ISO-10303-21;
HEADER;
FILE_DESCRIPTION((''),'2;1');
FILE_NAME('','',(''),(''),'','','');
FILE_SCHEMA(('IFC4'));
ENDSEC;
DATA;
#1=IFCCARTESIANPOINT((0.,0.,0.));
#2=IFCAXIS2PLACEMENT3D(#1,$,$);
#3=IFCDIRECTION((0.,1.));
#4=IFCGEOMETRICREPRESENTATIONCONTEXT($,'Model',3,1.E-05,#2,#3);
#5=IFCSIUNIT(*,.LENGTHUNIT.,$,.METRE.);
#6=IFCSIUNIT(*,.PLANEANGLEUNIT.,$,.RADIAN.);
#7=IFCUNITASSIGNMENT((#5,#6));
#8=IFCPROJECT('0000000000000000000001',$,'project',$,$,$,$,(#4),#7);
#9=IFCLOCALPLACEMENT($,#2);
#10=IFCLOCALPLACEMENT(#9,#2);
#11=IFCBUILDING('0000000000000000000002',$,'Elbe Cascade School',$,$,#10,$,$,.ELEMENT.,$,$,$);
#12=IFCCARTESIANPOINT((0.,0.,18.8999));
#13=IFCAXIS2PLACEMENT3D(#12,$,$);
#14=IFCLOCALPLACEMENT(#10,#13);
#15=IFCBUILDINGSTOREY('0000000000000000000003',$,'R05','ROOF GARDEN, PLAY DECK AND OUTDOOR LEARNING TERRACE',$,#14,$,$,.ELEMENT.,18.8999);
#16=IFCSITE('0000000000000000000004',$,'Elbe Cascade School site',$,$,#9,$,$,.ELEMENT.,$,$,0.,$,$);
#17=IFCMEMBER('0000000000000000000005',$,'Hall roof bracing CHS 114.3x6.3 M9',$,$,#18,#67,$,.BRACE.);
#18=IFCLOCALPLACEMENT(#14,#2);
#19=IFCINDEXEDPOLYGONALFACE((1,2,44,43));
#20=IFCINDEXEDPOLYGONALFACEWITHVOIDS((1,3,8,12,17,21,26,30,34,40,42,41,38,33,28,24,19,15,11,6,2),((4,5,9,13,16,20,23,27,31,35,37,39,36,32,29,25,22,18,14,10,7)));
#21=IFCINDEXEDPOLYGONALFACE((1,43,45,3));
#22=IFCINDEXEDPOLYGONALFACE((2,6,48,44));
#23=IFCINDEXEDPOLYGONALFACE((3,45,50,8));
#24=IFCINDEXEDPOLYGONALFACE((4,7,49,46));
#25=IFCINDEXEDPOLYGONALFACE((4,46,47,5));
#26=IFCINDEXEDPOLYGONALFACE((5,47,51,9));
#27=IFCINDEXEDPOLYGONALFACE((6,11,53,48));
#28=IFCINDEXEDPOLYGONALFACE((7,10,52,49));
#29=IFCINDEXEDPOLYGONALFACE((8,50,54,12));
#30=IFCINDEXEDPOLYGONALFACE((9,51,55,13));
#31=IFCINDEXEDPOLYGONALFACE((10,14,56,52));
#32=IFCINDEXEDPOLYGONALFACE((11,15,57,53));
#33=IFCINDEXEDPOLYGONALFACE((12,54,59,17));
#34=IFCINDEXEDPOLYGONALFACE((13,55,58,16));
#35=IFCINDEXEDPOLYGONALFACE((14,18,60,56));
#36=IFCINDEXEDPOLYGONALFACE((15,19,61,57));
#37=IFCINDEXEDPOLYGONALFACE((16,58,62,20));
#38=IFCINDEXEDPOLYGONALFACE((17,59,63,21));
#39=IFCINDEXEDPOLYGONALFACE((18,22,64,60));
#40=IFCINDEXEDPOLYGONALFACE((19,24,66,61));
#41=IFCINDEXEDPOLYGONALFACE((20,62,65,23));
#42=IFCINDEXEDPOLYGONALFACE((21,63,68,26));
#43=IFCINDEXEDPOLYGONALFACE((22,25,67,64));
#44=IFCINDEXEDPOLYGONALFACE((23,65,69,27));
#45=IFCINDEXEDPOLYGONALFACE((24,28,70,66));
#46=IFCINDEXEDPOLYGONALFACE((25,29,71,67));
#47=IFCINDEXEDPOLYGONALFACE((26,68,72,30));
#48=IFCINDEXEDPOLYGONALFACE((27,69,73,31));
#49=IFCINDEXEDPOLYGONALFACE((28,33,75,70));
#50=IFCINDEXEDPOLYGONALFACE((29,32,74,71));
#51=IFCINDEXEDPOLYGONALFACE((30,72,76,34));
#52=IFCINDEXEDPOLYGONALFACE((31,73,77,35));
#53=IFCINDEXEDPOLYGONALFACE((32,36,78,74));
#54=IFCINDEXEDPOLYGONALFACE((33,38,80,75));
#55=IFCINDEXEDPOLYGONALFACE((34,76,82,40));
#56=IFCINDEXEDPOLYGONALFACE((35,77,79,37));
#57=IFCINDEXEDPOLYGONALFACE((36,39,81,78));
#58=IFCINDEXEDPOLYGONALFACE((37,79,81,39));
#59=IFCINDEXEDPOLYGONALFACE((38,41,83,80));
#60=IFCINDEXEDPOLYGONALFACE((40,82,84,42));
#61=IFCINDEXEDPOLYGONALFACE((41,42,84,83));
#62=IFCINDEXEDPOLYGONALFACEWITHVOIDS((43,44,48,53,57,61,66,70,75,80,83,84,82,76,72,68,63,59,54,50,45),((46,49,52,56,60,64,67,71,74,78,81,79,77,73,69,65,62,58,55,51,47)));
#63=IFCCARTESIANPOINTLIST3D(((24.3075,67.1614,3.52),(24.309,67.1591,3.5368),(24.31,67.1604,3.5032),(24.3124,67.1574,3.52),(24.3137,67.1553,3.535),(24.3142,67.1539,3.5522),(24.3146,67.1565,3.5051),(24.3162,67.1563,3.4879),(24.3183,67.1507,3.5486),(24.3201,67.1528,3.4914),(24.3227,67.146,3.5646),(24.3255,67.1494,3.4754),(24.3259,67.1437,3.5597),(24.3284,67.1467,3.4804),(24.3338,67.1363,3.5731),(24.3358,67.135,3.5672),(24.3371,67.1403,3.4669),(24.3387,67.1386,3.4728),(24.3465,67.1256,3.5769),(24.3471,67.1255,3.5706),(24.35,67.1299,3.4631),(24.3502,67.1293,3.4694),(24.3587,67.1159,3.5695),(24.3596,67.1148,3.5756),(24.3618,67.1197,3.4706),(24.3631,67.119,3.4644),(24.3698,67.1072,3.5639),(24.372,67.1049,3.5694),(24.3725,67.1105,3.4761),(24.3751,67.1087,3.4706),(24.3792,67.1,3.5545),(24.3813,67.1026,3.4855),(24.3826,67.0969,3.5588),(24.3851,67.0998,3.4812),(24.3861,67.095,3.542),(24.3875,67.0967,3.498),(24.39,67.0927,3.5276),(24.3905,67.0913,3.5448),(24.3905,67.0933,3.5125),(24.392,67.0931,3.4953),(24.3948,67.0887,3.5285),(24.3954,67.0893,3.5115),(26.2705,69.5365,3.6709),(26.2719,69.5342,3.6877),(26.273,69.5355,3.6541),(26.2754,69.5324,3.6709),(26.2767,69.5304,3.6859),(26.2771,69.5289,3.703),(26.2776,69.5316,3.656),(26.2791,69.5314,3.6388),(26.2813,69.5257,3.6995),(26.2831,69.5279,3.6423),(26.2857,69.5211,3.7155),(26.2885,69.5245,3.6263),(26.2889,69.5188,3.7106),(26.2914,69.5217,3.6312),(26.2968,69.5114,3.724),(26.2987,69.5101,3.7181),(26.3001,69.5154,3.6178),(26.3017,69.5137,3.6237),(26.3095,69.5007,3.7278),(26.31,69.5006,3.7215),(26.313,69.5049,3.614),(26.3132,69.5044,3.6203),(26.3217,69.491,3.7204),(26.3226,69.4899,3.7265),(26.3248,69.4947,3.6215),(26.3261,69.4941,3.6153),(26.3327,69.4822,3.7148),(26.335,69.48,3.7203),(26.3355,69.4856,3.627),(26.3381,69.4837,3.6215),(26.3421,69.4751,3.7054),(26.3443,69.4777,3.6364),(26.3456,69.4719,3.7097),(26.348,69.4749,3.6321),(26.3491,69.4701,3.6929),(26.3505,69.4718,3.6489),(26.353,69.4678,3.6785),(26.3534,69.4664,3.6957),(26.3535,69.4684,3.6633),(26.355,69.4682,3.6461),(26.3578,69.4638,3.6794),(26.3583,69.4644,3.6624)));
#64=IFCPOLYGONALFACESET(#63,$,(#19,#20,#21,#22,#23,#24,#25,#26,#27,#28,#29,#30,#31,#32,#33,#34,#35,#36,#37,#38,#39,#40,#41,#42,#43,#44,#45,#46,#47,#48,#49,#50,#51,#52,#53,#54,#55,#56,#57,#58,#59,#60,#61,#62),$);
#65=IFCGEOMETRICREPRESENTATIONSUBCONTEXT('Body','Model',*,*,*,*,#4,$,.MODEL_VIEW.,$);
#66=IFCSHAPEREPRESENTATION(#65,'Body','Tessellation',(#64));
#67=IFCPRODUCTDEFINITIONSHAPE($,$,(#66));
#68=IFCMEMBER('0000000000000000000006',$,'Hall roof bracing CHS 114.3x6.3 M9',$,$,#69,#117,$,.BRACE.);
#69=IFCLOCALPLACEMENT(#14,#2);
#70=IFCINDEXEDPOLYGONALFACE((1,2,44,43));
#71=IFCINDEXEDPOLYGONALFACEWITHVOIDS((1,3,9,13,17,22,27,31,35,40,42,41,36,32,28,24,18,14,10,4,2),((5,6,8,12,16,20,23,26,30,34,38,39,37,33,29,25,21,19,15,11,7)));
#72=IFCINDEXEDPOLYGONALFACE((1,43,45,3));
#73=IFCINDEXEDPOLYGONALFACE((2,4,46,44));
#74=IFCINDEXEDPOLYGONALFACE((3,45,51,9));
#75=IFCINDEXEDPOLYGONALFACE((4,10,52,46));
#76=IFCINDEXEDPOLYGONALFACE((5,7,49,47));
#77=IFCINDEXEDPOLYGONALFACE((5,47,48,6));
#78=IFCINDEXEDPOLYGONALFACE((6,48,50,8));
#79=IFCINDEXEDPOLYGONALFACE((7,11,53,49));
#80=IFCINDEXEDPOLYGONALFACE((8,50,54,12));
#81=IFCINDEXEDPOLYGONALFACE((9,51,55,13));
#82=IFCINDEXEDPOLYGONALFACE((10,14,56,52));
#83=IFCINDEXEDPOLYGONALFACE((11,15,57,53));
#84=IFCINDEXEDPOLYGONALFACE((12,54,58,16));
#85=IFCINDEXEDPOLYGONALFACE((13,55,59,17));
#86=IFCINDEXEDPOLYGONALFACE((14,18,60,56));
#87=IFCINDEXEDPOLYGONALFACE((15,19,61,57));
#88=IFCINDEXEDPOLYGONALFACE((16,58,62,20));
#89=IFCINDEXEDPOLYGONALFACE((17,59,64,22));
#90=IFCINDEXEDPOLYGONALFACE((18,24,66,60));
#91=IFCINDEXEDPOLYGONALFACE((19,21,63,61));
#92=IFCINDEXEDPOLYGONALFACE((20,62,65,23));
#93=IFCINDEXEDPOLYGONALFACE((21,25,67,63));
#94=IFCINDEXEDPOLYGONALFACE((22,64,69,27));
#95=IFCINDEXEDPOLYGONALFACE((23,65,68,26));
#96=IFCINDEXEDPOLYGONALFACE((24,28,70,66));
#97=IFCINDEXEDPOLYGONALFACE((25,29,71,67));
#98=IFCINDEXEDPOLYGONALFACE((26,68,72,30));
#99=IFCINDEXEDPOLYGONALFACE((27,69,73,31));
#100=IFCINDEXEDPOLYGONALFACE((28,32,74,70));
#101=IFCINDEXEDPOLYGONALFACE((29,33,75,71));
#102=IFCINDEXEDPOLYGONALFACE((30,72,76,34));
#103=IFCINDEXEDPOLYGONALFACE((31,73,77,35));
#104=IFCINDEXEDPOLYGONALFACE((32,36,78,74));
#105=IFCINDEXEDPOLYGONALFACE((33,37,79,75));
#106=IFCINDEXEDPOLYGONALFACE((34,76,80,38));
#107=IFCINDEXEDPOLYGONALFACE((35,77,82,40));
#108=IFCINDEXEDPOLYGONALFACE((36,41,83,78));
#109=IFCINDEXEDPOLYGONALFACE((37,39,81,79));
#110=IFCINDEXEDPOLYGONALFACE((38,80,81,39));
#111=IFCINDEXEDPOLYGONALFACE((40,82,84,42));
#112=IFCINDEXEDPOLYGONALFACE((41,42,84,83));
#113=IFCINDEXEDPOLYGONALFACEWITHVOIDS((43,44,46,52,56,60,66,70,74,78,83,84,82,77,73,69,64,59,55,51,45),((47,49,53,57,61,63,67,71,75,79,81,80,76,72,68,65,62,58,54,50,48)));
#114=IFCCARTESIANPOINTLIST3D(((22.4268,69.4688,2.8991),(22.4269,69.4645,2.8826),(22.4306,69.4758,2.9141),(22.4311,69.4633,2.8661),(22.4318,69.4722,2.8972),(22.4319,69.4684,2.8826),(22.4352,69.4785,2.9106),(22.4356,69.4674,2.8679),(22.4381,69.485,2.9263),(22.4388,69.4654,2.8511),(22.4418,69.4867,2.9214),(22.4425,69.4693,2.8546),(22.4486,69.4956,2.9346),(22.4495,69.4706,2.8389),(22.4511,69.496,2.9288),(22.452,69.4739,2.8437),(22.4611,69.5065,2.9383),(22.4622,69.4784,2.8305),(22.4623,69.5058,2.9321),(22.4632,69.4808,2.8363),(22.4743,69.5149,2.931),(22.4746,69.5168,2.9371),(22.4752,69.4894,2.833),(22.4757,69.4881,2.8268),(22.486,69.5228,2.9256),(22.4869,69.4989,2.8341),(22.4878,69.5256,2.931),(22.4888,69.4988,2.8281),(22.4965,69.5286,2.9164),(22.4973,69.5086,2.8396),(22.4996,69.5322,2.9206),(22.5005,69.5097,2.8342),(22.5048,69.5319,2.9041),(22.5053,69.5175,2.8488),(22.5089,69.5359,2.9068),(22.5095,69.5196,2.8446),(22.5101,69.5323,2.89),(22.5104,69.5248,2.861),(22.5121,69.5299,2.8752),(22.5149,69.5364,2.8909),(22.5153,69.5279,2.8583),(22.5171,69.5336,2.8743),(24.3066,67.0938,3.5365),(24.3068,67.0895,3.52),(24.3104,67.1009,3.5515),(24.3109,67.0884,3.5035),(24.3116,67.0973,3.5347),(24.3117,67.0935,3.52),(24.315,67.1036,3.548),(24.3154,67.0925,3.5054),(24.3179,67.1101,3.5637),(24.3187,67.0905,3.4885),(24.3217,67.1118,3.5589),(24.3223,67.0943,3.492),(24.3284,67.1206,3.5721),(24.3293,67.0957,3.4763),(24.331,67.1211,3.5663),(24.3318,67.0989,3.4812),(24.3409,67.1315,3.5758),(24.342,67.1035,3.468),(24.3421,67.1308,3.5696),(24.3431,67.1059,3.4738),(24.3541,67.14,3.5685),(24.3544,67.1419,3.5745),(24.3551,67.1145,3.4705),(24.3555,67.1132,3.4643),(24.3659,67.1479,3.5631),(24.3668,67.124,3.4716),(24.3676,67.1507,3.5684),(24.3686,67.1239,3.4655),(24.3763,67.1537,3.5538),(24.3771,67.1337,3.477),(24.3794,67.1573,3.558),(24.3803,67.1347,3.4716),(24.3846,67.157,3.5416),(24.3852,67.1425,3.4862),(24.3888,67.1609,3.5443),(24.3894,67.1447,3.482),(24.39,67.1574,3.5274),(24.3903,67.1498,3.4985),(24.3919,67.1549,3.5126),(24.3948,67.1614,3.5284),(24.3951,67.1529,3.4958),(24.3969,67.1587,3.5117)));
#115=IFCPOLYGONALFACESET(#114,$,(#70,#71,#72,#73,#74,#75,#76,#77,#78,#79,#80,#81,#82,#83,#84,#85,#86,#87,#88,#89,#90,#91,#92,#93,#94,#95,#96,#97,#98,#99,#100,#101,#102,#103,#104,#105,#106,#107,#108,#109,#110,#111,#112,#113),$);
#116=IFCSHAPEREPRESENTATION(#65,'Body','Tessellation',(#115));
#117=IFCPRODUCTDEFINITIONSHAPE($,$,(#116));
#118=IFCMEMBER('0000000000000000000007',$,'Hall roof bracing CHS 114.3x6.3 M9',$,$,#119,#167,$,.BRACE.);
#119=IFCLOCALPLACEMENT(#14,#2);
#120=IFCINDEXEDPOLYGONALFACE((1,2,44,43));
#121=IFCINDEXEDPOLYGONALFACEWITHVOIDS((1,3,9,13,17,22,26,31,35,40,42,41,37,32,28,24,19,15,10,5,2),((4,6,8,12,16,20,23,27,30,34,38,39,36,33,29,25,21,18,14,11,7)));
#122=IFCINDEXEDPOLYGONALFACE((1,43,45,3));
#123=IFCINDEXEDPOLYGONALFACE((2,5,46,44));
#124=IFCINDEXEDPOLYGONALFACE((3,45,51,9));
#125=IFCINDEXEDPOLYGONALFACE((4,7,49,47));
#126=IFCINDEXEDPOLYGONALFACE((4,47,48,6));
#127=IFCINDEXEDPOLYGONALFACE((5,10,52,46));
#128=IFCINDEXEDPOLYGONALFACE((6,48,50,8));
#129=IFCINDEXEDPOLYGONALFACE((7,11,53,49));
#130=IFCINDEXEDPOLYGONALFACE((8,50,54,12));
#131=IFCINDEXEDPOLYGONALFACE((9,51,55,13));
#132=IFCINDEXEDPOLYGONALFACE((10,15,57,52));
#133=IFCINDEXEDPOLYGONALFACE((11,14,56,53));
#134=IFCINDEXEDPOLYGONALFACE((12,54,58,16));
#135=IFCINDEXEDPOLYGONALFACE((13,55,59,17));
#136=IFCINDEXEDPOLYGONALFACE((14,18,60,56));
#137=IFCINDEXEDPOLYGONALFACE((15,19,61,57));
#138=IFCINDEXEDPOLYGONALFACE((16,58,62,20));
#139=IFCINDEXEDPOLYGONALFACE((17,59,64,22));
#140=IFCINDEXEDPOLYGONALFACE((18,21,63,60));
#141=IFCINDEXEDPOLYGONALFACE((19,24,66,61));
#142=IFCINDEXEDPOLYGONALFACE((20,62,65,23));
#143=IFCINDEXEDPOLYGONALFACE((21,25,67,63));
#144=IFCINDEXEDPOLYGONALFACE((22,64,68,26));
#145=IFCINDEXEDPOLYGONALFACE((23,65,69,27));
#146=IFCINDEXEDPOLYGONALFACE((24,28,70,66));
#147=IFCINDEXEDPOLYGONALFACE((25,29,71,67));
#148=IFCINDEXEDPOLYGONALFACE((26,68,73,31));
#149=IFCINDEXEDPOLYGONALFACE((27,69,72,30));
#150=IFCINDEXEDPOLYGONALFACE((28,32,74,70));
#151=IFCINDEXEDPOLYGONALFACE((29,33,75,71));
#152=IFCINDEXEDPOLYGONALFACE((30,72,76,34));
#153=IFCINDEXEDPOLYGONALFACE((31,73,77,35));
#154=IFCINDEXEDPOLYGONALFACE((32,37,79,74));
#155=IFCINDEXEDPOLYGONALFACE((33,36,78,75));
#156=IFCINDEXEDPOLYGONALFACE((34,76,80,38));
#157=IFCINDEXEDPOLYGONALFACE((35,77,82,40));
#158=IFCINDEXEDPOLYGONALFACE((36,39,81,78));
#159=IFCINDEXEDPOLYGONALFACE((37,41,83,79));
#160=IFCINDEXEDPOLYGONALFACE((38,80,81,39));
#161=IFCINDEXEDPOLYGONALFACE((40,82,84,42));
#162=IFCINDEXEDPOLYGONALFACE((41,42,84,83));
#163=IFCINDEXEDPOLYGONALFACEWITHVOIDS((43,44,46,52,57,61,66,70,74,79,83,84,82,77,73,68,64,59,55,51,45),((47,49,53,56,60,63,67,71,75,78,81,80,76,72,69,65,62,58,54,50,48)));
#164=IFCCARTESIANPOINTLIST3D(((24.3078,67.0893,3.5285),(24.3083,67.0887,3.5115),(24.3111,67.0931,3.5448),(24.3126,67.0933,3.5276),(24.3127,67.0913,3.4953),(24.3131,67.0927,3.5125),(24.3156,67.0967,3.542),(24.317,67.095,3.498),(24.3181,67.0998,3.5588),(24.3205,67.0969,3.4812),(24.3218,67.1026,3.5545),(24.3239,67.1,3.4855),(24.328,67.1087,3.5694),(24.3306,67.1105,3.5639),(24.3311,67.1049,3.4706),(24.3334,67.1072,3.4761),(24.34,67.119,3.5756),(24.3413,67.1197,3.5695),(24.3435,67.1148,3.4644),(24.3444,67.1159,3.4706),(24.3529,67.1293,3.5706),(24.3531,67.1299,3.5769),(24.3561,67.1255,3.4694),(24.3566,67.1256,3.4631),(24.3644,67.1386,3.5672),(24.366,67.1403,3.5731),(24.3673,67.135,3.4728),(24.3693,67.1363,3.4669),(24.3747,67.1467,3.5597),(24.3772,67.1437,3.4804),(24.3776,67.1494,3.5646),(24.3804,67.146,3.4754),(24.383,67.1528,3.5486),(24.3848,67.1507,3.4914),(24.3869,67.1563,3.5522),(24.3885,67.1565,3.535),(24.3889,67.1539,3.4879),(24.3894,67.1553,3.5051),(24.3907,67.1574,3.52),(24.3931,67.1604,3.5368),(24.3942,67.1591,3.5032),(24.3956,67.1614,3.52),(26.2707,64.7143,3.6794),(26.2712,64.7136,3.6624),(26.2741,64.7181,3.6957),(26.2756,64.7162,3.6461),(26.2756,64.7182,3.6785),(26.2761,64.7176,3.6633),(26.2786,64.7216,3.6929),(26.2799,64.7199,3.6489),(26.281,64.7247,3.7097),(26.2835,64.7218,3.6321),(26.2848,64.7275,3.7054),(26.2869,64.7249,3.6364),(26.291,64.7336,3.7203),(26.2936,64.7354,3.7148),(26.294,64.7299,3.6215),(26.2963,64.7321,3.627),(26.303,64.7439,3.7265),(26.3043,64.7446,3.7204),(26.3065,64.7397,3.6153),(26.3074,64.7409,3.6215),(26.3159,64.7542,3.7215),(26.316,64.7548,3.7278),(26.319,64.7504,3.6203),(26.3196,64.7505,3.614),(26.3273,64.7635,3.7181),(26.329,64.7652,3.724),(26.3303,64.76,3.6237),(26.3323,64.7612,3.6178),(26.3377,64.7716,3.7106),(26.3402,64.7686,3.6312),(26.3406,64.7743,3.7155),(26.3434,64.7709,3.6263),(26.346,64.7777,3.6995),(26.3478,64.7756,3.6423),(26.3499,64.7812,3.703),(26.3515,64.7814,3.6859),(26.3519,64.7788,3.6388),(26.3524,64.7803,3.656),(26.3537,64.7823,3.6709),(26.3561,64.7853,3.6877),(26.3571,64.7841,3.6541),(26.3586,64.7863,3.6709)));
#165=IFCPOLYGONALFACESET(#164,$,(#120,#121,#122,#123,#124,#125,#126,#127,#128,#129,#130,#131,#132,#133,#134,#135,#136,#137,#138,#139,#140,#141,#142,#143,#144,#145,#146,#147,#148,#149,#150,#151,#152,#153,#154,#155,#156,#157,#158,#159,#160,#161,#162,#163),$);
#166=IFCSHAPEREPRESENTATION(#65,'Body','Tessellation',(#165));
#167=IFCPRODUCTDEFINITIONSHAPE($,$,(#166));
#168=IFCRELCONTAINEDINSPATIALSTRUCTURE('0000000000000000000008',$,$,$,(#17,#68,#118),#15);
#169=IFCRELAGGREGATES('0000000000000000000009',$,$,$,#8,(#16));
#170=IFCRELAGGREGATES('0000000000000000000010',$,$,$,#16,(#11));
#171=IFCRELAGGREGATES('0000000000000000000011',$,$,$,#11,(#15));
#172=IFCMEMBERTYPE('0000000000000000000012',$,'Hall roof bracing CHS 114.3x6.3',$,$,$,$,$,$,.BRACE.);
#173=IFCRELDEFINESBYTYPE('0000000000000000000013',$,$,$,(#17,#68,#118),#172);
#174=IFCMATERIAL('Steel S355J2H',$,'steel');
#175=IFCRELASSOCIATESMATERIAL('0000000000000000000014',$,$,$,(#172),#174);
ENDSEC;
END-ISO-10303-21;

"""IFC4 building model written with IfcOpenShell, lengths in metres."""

from ifc_helpers import new_model, si_unit, direction, frame, origin, origin_2d, place, context, subcontext, project, spatial, hollow_circle, extrude, material, material_profile, profile_set, type_object, element, save


model = new_model("IFC4")

# Units and contexts
model_context = context("Model", 3, precision=1e-05, world=origin(), true_north=direction((0.0, 1.0)))
body_context = subcontext(model_context, "Body", "Model", "MODEL_VIEW")
ifc_project = project(units=[si_unit("LENGTHUNIT", "METRE"), si_unit("PLANEANGLEUNIT", "RADIAN")], contexts=[model_context])

# Site, building, storey
site_placement = place(None, origin())
site = spatial("IfcSite", under=ifc_project, at=site_placement, Name="Elbe Cascade School site", CompositionType="ELEMENT", RefElevation=0.0)
building_placement = place(site_placement, origin())
building = spatial("IfcBuilding", under=site, at=building_placement, Name="Elbe Cascade School", CompositionType="ELEMENT")
storey_placement = place(building_placement, frame((0.0, 0.0, 18.8999)))
storey = spatial("IfcBuildingStorey", under=building, at=storey_placement, Name="R05", Description="ROOF GARDEN, PLAY DECK AND OUTDOOR LEARNING TERRACE", CompositionType="ELEMENT", Elevation=18.8999)

# Members
ifc_material_1 = material(Name="Steel S355J2H", Category="steel")
ifc_material_profile_1 = material_profile(ifc_material_1, hollow_circle(Radius=0.0571, WallThickness=0.0063, at=origin_2d()), Name="CHS 114.3x6.3")
ifc_profile_set_1 = profile_set([ifc_material_profile_1], Name="Steel S355J2H")
member_type_1 = type_object("IfcMemberType", Name="Hall roof bracing CHS 114.3x6.3", PredefinedType="BRACE", material=ifc_profile_set_1)
member_1_placement = place(storey_placement, frame((24.3516, 67.125, 3.52), z_axis=(0.636299, 0.76989, 0.04891), x_axis=(-0.770813, 0.637062, 0.0)))
element("IfcMember", 1, at=member_1_placement, inside=storey, type_object=member_type_1, Name="Hall roof bracing CHS 114.3x6.3 M9", PredefinedType="BRACE", context=body_context, shape_type="SweptSolid", body=[
    extrude(hollow_circle(Radius=0.0571, WallThickness=0.0063, at=origin_2d()), origin(), (0.0, 0.0, 1.0), 3.085),
])
member_2_placement = place(storey_placement, frame((24.3516, 67.125, 3.52), z_axis=(-0.607333, 0.76729, -0.205941), x_axis=(-0.784098, -0.620637, 0.0)))
element("IfcMember", 2, at=member_2_placement, inside=storey, type_object=member_type_1, Name="Hall roof bracing CHS 114.3x6.3 M9", PredefinedType="BRACE", context=body_context, shape_type="SweptSolid", body=[
    extrude(hollow_circle(Radius=0.0571, WallThickness=0.0063, at=origin_2d()), origin(), (0.0, 0.0, 1.0), 3.0952),
])
member_3_placement = place(storey_placement, frame((24.3516, 67.125, 3.52), z_axis=(0.636299, -0.76989, 0.04891), x_axis=(0.770813, 0.637062, 0.0)))
element("IfcMember", 3, at=member_3_placement, inside=storey, type_object=member_type_1, Name="Hall roof bracing CHS 114.3x6.3 M9", PredefinedType="BRACE", context=body_context, shape_type="SweptSolid", body=[
    extrude(hollow_circle(Radius=0.0571, WallThickness=0.0063, at=origin_2d()), origin(), (0.0, 0.0, 1.0), 3.085),
])

save(model, "model.ifc")
